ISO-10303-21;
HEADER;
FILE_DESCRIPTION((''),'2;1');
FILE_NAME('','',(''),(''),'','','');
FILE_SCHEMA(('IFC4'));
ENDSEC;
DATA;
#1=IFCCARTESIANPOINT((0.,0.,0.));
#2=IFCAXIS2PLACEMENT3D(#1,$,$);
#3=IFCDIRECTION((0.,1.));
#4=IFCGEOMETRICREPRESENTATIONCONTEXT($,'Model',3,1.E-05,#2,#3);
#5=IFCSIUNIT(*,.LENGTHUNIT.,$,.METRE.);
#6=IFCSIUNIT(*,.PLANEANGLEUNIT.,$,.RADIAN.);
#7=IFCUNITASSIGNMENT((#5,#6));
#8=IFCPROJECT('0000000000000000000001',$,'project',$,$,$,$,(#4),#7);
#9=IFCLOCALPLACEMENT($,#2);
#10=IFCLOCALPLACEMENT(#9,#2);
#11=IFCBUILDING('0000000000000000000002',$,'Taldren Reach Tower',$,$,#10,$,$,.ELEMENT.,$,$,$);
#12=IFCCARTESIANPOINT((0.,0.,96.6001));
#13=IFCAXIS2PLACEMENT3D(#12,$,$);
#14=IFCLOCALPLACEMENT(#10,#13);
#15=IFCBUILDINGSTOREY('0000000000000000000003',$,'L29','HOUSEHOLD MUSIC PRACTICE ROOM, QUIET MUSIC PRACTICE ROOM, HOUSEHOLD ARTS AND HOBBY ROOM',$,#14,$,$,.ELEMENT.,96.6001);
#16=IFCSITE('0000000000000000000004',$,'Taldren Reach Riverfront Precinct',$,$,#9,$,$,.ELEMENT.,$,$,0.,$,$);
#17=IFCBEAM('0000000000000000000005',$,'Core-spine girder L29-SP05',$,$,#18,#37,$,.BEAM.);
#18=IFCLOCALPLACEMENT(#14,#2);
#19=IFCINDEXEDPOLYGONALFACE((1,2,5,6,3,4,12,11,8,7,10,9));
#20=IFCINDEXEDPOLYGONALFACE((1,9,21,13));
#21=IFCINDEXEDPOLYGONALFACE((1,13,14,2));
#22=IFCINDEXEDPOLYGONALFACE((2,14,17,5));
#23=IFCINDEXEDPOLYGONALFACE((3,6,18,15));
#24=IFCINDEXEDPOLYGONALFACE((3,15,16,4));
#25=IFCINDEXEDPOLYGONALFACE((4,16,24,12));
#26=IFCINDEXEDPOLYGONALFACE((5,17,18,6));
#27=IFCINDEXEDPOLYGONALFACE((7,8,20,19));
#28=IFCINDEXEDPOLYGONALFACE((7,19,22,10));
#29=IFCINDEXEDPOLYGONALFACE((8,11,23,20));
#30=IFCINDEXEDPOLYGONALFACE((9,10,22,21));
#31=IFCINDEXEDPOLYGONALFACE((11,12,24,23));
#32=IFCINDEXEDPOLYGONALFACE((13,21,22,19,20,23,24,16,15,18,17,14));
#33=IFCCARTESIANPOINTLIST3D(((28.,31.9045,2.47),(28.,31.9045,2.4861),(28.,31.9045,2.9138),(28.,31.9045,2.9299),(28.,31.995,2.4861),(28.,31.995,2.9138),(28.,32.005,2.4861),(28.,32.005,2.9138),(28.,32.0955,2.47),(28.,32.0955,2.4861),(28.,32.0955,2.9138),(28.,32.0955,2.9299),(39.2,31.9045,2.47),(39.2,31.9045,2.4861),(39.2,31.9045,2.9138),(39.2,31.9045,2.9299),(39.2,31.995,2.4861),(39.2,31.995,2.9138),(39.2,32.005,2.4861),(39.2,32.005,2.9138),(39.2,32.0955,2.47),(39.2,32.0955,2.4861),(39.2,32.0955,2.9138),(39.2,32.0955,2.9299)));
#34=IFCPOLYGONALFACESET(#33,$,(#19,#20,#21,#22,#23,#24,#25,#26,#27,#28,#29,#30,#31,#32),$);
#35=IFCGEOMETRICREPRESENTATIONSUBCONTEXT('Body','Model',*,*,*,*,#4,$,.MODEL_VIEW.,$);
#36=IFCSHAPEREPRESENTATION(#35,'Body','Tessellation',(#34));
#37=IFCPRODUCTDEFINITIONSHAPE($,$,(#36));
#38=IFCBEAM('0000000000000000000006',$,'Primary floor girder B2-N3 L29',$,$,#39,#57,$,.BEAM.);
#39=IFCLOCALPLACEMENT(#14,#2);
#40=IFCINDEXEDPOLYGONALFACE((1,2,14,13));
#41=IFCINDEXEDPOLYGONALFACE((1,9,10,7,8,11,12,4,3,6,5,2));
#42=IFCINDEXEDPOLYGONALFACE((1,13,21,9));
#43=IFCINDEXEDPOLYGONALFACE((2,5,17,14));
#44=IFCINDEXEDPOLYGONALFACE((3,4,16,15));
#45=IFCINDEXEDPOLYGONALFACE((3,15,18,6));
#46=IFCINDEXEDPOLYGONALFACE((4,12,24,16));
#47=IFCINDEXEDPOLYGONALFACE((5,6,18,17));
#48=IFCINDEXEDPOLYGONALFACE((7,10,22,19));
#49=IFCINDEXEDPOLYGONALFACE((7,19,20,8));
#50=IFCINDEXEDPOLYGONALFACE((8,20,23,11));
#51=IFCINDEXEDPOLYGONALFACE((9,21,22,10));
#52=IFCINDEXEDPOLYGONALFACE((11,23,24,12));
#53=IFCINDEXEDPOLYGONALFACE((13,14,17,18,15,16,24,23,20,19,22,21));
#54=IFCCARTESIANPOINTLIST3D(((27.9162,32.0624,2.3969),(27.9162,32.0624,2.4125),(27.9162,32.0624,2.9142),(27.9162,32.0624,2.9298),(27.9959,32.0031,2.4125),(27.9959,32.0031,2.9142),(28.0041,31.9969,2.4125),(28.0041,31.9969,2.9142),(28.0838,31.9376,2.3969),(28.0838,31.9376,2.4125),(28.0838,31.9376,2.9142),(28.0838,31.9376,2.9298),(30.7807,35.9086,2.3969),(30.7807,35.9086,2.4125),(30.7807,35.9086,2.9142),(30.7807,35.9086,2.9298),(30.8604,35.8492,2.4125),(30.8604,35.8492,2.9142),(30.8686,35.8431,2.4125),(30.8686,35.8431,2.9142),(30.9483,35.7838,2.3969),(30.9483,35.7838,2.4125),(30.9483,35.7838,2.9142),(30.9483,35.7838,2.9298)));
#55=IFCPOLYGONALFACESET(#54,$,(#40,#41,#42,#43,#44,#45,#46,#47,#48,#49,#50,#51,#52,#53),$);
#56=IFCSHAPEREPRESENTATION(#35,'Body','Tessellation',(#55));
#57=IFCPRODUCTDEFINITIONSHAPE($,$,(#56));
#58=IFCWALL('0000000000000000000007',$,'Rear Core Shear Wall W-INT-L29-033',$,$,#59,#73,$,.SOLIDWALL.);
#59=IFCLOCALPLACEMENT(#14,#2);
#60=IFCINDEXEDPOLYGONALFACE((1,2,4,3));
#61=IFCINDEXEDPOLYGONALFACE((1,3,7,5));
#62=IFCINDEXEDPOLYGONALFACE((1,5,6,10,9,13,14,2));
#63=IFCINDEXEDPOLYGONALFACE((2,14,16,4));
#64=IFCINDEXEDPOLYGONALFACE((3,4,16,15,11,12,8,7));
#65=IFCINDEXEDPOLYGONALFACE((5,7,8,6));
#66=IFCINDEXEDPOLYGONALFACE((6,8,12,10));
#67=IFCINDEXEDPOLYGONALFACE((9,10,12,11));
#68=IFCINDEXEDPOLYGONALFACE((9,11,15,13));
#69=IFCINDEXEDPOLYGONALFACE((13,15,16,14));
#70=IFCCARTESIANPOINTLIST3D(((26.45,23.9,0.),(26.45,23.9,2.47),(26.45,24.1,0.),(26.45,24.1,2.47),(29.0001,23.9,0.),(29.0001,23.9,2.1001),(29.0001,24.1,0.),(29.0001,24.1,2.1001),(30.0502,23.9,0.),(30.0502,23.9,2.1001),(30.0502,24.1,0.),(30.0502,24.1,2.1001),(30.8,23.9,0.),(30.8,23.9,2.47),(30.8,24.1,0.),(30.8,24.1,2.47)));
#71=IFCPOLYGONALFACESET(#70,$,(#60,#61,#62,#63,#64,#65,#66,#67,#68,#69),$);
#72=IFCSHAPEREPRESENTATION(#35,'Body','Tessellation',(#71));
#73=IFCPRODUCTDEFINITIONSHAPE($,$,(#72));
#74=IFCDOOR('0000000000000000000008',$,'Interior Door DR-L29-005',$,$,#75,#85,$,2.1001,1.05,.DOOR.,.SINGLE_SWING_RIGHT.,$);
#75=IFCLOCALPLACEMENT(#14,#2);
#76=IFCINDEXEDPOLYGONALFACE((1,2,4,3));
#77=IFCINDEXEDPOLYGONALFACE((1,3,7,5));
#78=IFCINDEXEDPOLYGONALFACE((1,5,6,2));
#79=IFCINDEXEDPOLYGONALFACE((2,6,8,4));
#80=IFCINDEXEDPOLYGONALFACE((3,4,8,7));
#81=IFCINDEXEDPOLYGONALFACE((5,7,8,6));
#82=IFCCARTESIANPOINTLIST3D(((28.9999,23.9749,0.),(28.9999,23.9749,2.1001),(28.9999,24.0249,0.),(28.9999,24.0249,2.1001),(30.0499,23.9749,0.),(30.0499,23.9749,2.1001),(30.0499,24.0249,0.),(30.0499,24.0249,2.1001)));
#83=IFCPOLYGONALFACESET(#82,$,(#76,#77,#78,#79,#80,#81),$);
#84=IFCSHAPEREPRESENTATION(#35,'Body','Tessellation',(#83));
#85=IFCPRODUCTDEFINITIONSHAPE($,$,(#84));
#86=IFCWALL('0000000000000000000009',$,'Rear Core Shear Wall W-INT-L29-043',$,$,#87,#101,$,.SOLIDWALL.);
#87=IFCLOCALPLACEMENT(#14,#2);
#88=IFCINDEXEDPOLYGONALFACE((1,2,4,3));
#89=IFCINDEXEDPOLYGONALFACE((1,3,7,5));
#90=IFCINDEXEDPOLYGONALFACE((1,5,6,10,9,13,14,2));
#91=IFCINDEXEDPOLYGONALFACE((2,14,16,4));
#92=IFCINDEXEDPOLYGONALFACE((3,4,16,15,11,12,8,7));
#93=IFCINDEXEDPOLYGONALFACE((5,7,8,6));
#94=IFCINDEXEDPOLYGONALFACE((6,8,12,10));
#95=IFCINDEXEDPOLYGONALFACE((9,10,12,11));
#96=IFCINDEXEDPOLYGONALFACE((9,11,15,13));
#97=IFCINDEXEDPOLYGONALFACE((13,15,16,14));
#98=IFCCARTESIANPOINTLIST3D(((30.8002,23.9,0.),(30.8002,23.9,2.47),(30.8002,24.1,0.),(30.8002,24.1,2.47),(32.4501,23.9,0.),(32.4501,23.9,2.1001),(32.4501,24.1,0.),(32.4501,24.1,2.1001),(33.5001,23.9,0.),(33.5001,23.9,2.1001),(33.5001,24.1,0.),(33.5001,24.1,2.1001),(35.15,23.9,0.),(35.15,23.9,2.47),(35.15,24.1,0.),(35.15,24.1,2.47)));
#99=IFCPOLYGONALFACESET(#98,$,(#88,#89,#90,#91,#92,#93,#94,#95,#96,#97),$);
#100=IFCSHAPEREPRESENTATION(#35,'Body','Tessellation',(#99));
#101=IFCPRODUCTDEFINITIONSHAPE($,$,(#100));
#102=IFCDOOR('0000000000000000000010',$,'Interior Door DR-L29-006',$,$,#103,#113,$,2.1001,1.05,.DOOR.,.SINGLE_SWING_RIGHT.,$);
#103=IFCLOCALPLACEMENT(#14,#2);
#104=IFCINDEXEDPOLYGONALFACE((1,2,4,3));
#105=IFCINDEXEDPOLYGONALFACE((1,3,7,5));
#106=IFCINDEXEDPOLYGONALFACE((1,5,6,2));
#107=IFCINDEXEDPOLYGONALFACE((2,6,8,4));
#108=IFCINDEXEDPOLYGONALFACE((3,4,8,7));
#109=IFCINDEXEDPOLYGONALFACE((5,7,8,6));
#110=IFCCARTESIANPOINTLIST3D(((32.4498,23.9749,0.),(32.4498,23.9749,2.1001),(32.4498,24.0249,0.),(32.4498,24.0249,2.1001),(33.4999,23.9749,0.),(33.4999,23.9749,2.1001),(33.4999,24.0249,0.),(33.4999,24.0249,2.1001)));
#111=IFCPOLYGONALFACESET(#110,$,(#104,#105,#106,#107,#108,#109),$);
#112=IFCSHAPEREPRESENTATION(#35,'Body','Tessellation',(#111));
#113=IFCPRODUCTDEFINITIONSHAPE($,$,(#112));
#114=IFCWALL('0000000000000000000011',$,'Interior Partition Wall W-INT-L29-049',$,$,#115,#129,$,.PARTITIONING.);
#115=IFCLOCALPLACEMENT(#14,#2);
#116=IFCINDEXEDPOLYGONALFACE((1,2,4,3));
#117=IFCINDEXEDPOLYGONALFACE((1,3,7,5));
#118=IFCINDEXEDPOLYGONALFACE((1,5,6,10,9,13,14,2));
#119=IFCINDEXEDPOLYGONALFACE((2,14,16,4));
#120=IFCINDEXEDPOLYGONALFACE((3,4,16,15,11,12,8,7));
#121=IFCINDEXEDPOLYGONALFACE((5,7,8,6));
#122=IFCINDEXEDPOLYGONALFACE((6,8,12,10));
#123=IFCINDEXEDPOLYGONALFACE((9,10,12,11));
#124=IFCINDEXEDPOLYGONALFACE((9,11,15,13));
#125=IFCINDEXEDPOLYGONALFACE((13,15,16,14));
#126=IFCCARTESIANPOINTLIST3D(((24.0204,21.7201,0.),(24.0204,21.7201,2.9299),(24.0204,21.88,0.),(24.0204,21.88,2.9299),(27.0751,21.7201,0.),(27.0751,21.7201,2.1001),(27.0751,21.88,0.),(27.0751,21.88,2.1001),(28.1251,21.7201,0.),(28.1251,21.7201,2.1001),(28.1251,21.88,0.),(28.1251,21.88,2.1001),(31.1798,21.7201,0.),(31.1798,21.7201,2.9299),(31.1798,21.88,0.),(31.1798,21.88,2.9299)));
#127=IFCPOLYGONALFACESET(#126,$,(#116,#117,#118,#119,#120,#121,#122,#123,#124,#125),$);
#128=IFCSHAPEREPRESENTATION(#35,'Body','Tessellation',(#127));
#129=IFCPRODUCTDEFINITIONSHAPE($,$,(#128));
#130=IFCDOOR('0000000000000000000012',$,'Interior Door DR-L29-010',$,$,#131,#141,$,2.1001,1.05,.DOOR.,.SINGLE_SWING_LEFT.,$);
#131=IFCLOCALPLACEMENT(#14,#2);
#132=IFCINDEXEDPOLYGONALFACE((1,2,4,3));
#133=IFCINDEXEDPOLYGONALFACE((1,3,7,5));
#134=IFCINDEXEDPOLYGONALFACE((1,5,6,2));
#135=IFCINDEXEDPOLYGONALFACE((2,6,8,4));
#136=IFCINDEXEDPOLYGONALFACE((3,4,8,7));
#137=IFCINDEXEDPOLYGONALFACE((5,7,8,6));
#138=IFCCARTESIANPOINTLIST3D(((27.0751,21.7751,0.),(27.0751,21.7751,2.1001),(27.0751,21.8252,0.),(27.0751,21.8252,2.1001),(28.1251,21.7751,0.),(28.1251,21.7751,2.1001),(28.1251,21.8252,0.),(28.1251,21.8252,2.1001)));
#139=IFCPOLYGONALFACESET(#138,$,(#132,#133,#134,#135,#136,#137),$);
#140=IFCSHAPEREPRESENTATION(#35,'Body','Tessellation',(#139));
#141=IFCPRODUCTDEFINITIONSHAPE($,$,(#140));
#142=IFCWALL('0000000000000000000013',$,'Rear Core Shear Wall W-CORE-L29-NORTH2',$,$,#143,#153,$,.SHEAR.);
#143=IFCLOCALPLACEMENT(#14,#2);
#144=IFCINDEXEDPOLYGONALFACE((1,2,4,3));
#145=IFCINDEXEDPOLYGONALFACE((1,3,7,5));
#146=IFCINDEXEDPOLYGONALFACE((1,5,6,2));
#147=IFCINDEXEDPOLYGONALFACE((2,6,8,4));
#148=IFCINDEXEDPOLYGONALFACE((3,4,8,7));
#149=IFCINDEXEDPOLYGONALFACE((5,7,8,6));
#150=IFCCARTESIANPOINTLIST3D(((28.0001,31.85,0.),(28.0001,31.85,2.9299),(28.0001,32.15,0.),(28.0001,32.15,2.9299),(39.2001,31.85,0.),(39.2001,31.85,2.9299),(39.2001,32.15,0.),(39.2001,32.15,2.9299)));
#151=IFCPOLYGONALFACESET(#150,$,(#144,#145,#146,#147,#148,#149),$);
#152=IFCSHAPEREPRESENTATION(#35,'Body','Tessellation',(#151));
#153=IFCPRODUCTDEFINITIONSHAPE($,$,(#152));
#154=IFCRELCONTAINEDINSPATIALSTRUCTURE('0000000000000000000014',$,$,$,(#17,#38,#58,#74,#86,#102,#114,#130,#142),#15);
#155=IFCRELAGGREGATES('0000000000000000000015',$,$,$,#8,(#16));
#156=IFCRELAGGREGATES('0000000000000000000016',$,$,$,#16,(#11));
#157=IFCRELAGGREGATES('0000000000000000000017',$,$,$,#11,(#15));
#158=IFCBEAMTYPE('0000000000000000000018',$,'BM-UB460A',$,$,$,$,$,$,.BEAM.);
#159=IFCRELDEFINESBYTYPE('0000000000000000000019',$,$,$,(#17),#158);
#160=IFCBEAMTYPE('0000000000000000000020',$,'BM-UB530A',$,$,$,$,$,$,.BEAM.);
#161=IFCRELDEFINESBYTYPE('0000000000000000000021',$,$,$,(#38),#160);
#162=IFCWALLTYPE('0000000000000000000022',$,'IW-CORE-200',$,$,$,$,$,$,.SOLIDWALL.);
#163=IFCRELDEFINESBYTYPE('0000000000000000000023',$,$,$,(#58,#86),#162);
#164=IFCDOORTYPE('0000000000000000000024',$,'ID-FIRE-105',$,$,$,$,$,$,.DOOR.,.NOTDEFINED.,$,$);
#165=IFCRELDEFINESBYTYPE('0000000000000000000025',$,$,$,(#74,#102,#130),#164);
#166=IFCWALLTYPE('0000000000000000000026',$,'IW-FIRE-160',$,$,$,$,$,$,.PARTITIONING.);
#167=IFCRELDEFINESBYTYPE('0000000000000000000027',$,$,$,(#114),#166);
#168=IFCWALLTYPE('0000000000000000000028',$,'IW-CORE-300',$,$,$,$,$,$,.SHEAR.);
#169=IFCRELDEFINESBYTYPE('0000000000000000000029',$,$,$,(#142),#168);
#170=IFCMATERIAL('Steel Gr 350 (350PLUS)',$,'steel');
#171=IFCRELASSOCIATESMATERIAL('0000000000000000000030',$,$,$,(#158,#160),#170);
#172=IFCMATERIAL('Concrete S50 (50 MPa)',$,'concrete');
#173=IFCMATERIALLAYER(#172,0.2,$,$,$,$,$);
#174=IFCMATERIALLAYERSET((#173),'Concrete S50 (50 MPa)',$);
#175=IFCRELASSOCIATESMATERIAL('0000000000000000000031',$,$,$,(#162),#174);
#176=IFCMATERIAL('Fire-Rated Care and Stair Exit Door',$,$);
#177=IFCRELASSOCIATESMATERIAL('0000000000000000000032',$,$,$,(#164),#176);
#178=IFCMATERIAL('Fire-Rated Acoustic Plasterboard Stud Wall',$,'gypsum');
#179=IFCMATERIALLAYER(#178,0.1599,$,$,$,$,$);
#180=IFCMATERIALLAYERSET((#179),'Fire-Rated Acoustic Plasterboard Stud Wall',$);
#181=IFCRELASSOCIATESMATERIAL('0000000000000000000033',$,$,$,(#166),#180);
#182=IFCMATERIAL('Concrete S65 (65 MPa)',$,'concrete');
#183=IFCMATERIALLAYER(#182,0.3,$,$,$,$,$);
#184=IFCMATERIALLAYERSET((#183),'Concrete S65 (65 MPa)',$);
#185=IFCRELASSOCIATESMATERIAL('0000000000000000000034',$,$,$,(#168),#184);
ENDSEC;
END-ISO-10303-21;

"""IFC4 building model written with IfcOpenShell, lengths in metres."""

from ifc_helpers import new_model, si_unit, direction, frame, frame_2d, origin, origin_2d, place, context, subcontext, project, spatial, rectangle, i_section, extrude, source, transform, mapped, material, layer, layer_set, material_profile, profile_set, type_object, element, fill, save


model = new_model("IFC4")

# Units and contexts
model_context = context("Model", 3, precision=1e-05, world=origin(), true_north=direction((0.0, 1.0)))
body_context = subcontext(model_context, "Body", "Model", "MODEL_VIEW")
ifc_project = project(units=[si_unit("LENGTHUNIT", "METRE"), si_unit("PLANEANGLEUNIT", "RADIAN")], contexts=[model_context])

# Site, building, storey
site_placement = place(None, origin())
site = spatial("IfcSite", under=ifc_project, at=site_placement, Name="Taldren Reach Riverfront Precinct", CompositionType="ELEMENT", RefElevation=0.0)
building_placement = place(site_placement, origin())
building = spatial("IfcBuilding", under=site, at=building_placement, Name="Taldren Reach Tower", CompositionType="ELEMENT")
storey_placement = place(building_placement, frame((0.0, 0.0, 96.6001)))
storey = spatial("IfcBuildingStorey", under=building, at=storey_placement, Name="L29", Description="HOUSEHOLD MUSIC PRACTICE ROOM, QUIET MUSIC PRACTICE ROOM, HOUSEHOLD ARTS AND HOBBY ROOM", CompositionType="ELEMENT", Elevation=96.6001)

# Beams
ifc_material_1 = material(Name="Steel Gr 350 (350PLUS)", Category="steel")
ifc_material_profile_1 = material_profile(ifc_material_1, i_section(OverallWidth=0.1909, OverallDepth=0.46, WebThickness=0.01, FlangeThickness=0.0161, at=origin_2d()), Name="460UB82.1")
ifc_profile_set_1 = profile_set([ifc_material_profile_1], Name="Steel Gr 350 (350PLUS)")
beam_type_1 = type_object("IfcBeamType", Name="BM-UB460A", PredefinedType="BEAM", material=ifc_profile_set_1)
shared_shape_1 = source(origin(), body_context, "Body", "SweptSolid", [
    extrude(i_section(OverallWidth=0.1909, OverallDepth=0.46, WebThickness=0.01, FlangeThickness=0.0161, at=origin_2d()), origin(), (0.0, 0.0, 1.0), 11.2),
])
beam_1_placement = place(storey_placement, frame((28.0, 32.0, 2.7), z_axis=(1.0, 0.0, 0.0), x_axis=(0.0, 1.0, 0.0)))
element("IfcBeam", 1, at=beam_1_placement, inside=storey, type_object=beam_type_1, Name="Core-spine girder L29-SP05", PredefinedType="BEAM", context=body_context, shape_type="MappedRepresentation", body=[
    mapped(shared_shape_1, transform((0.0, 0.0, 0.0), scale=1.0)),
])
ifc_material_profile_2 = material_profile(ifc_material_1, i_section(OverallWidth=0.209, OverallDepth=0.533, WebThickness=0.0103, FlangeThickness=0.0156, at=origin_2d()), Name="530UB92.4")
ifc_profile_set_2 = profile_set([ifc_material_profile_2], Name="Steel Gr 350 (350PLUS)")
beam_type_2 = type_object("IfcBeamType", Name="BM-UB530A", PredefinedType="BEAM", material=ifc_profile_set_2)
shared_shape_2 = source(origin(), body_context, "Body", "SweptSolid", [
    extrude(i_section(OverallWidth=0.209, OverallDepth=0.533, WebThickness=0.0103, FlangeThickness=0.0156, at=origin_2d()), origin(), (0.0, 0.0, 1.0), 4.7957),
])
beam_2_placement = place(storey_placement, frame((28.0, 32.0, 2.6633), z_axis=(0.597309, 0.802011, 0.0), x_axis=(-0.802011, 0.597309, 0.0)))
element("IfcBeam", 2, at=beam_2_placement, inside=storey, type_object=beam_type_2, Name="Primary floor girder B2-N3 L29", PredefinedType="BEAM", context=body_context, shape_type="MappedRepresentation", body=[
    mapped(shared_shape_2, transform((0.0, 0.0, 0.0), scale=1.0)),
])

# Walls, openings, doors
ifc_material_2 = material(Name="Concrete S50 (50 MPa)", Category="concrete")
ifc_layer_1 = layer(ifc_material_2, 0.2)
ifc_layer_set_1 = layer_set([ifc_layer_1], Name="Concrete S50 (50 MPa)")
wall_type_1 = type_object("IfcWallType", Name="IW-CORE-200", PredefinedType="SOLIDWALL", material=ifc_layer_set_1)
shared_shape_3 = source(origin(), body_context, "Body", "SweptSolid", [
    extrude(rectangle(XDim=4.3501, YDim=0.2, at=frame_2d((2.175, 0.0))), origin(), (0.0, 0.0, 1.0), 2.47),
])
wall_1_placement = place(storey_placement, frame((30.8, 24.0, 0.0), z_axis=(0.0, 0.0, 1.0), x_axis=(-1.0, 0.0, 0.0)))
wall_1 = element("IfcWall", 3, at=wall_1_placement, inside=storey, type_object=wall_type_1, Name="Rear Core Shear Wall W-INT-L29-033", PredefinedType="SOLIDWALL", context=body_context, shape_type="MappedRepresentation", body=[
    mapped(shared_shape_3, transform((0.0, 0.0, 0.0), scale=1.0)),
])
shared_shape_4 = source(origin(), body_context, "Body", "SweptSolid", [
    extrude(rectangle(XDim=1.05, YDim=2.1001, at=frame_2d((0.5249, 1.05))), frame((0.0, 0.1099, 0.0), z_axis=(0.0, -1.0, 0.0), x_axis=(1.0, 0.0, 0.0)), (0.0, 0.0, 1.0), 0.22),
])
opening_1_placement = place(wall_1_placement, frame((0.75, 0.0, 0.0)))
opening_1 = element("IfcOpeningElement", 4, at=opening_1_placement, cuts=wall_1, PredefinedType="OPENING", context=body_context, shape_type="MappedRepresentation", body=[
    mapped(shared_shape_4, transform((0.0, 0.0, 0.0), scale=1.0)),
])
ifc_material_3 = material(Name="Fire-Rated Care and Stair Exit Door")
door_type_1 = type_object("IfcDoorType", Name="ID-FIRE-105", OperationType="NOTDEFINED", PredefinedType="DOOR", material=ifc_material_3)
shared_shape_5 = source(origin(), body_context, "Body", "SweptSolid", [
    extrude(rectangle(XDim=1.05, YDim=2.1001, at=frame_2d((0.5249, 1.05))), frame((0.0, 0.0249, 0.0), z_axis=(0.0, -1.0, 0.0), x_axis=(1.0, 0.0, 0.0)), (0.0, 0.0, 1.0), 0.05),
])
door_1_placement = place(opening_1_placement, frame((1.05, 0.0, 0.0), z_axis=(0.0, 0.0, 1.0), x_axis=(-1.0, 0.0, 0.0)))
door_1 = element("IfcDoor", 5, at=door_1_placement, inside=storey, type_object=door_type_1, Name="Interior Door DR-L29-005", OperationType="SINGLE_SWING_RIGHT", OverallHeight=2.1001, OverallWidth=1.05, PredefinedType="DOOR", context=body_context, shape_type="MappedRepresentation", body=[
    mapped(shared_shape_5, transform((0.0, 0.0, 0.0), scale=1.0)),
])
fill(opening_1, door_1)
shared_shape_6 = source(origin(), body_context, "Body", "SweptSolid", [
    extrude(rectangle(XDim=4.3499, YDim=0.2, at=frame_2d((2.1748, 0.0))), origin(), (0.0, 0.0, 1.0), 2.47),
])
wall_2_placement = place(storey_placement, frame((35.1499, 24.0, 0.0), z_axis=(0.0, 0.0, 1.0), x_axis=(-1.0, 0.0, 0.0)))
wall_2 = element("IfcWall", 6, at=wall_2_placement, inside=storey, type_object=wall_type_1, Name="Rear Core Shear Wall W-INT-L29-043", PredefinedType="SOLIDWALL", context=body_context, shape_type="MappedRepresentation", body=[
    mapped(shared_shape_6, transform((0.0, 0.0, 0.0), scale=1.0)),
])
opening_2_placement = place(wall_2_placement, frame((1.6499, 0.0, 0.0)))
opening_2 = element("IfcOpeningElement", 7, at=opening_2_placement, cuts=wall_2, PredefinedType="OPENING", context=body_context, shape_type="MappedRepresentation", body=[
    mapped(shared_shape_4, transform((0.0, 0.0, 0.0), scale=1.0)),
])
door_2_placement = place(opening_2_placement, frame((1.05, 0.0, 0.0), z_axis=(0.0, 0.0, 1.0), x_axis=(-1.0, 0.0, 0.0)))
door_2 = element("IfcDoor", 8, at=door_2_placement, inside=storey, type_object=door_type_1, Name="Interior Door DR-L29-006", OperationType="SINGLE_SWING_RIGHT", OverallHeight=2.1001, OverallWidth=1.05, PredefinedType="DOOR", context=body_context, shape_type="MappedRepresentation", body=[
    mapped(shared_shape_5, transform((0.0, 0.0, 0.0), scale=1.0)),
])
fill(opening_2, door_2)
ifc_material_4 = material(Name="Fire-Rated Acoustic Plasterboard Stud Wall", Category="gypsum")
ifc_layer_2 = layer(ifc_material_4, 0.1599)
ifc_layer_set_2 = layer_set([ifc_layer_2], Name="Fire-Rated Acoustic Plasterboard Stud Wall")
wall_type_2 = type_object("IfcWallType", Name="IW-FIRE-160", PredefinedType="PARTITIONING", material=ifc_layer_set_2)
shared_shape_7 = source(origin(), body_context, "Body", "SweptSolid", [
    extrude(rectangle(XDim=7.1594, YDim=0.1599, at=frame_2d((3.5796, 0.0))), origin(), (0.0, 0.0, 1.0), 2.9299),
])
wall_3_placement = place(storey_placement, frame((31.1797, 21.8, 0.0), z_axis=(0.0, 0.0, 1.0), x_axis=(-1.0, 0.0, 0.0)))
wall_3 = element("IfcWall", 9, at=wall_3_placement, inside=storey, type_object=wall_type_2, Name="Interior Partition Wall W-INT-L29-049", PredefinedType="PARTITIONING", context=body_context, shape_type="MappedRepresentation", body=[
    mapped(shared_shape_7, transform((0.0, 0.0, 0.0), scale=1.0)),
])
shared_shape_8 = source(origin(), body_context, "Body", "SweptSolid", [
    extrude(rectangle(XDim=1.05, YDim=2.1001, at=frame_2d((0.5249, 1.05))), frame((0.0, 0.0898, 0.0), z_axis=(0.0, -1.0, 0.0), x_axis=(1.0, 0.0, 0.0)), (0.0, 0.0, 1.0), 0.1799),
])
opening_3_placement = place(wall_3_placement, frame((3.0547, 0.0, 0.0)))
opening_3 = element("IfcOpeningElement", 10, at=opening_3_placement, cuts=wall_3, PredefinedType="OPENING", context=body_context, shape_type="MappedRepresentation", body=[
    mapped(shared_shape_8, transform((0.0, 0.0, 0.0), scale=1.0)),
])
door_3_placement = place(opening_3_placement, origin())
door_3 = element("IfcDoor", 11, at=door_3_placement, inside=storey, type_object=door_type_1, Name="Interior Door DR-L29-010", OperationType="SINGLE_SWING_LEFT", OverallHeight=2.1001, OverallWidth=1.05, PredefinedType="DOOR", context=body_context, shape_type="MappedRepresentation", body=[
    mapped(shared_shape_5, transform((0.0, 0.0, 0.0), scale=1.0)),
])
fill(opening_3, door_3)

# Wall
ifc_material_5 = material(Name="Concrete S65 (65 MPa)", Category="concrete")
ifc_layer_3 = layer(ifc_material_5, 0.3)
ifc_layer_set_3 = layer_set([ifc_layer_3], Name="Concrete S65 (65 MPa)")
wall_type_3 = type_object("IfcWallType", Name="IW-CORE-300", PredefinedType="SHEAR", material=ifc_layer_set_3)
shared_shape_9 = source(origin(), body_context, "Body", "SweptSolid", [
    extrude(rectangle(XDim=11.2, YDim=0.3, at=frame_2d((5.6001, 0.0))), origin(), (0.0, 0.0, 1.0), 2.9299),
])
wall_4_placement = place(storey_placement, frame((28.0, 32.0, 0.0), z_axis=(0.0, 0.0, 1.0), x_axis=(1.0, 0.0, 0.0)))
element("IfcWall", 12, at=wall_4_placement, inside=storey, type_object=wall_type_3, Name="Rear Core Shear Wall W-CORE-L29-NORTH2", PredefinedType="SHEAR", context=body_context, shape_type="MappedRepresentation", body=[
    mapped(shared_shape_9, transform((0.0, 0.0, 0.0), scale=1.0)),
])

save(model, "model.ifc")
